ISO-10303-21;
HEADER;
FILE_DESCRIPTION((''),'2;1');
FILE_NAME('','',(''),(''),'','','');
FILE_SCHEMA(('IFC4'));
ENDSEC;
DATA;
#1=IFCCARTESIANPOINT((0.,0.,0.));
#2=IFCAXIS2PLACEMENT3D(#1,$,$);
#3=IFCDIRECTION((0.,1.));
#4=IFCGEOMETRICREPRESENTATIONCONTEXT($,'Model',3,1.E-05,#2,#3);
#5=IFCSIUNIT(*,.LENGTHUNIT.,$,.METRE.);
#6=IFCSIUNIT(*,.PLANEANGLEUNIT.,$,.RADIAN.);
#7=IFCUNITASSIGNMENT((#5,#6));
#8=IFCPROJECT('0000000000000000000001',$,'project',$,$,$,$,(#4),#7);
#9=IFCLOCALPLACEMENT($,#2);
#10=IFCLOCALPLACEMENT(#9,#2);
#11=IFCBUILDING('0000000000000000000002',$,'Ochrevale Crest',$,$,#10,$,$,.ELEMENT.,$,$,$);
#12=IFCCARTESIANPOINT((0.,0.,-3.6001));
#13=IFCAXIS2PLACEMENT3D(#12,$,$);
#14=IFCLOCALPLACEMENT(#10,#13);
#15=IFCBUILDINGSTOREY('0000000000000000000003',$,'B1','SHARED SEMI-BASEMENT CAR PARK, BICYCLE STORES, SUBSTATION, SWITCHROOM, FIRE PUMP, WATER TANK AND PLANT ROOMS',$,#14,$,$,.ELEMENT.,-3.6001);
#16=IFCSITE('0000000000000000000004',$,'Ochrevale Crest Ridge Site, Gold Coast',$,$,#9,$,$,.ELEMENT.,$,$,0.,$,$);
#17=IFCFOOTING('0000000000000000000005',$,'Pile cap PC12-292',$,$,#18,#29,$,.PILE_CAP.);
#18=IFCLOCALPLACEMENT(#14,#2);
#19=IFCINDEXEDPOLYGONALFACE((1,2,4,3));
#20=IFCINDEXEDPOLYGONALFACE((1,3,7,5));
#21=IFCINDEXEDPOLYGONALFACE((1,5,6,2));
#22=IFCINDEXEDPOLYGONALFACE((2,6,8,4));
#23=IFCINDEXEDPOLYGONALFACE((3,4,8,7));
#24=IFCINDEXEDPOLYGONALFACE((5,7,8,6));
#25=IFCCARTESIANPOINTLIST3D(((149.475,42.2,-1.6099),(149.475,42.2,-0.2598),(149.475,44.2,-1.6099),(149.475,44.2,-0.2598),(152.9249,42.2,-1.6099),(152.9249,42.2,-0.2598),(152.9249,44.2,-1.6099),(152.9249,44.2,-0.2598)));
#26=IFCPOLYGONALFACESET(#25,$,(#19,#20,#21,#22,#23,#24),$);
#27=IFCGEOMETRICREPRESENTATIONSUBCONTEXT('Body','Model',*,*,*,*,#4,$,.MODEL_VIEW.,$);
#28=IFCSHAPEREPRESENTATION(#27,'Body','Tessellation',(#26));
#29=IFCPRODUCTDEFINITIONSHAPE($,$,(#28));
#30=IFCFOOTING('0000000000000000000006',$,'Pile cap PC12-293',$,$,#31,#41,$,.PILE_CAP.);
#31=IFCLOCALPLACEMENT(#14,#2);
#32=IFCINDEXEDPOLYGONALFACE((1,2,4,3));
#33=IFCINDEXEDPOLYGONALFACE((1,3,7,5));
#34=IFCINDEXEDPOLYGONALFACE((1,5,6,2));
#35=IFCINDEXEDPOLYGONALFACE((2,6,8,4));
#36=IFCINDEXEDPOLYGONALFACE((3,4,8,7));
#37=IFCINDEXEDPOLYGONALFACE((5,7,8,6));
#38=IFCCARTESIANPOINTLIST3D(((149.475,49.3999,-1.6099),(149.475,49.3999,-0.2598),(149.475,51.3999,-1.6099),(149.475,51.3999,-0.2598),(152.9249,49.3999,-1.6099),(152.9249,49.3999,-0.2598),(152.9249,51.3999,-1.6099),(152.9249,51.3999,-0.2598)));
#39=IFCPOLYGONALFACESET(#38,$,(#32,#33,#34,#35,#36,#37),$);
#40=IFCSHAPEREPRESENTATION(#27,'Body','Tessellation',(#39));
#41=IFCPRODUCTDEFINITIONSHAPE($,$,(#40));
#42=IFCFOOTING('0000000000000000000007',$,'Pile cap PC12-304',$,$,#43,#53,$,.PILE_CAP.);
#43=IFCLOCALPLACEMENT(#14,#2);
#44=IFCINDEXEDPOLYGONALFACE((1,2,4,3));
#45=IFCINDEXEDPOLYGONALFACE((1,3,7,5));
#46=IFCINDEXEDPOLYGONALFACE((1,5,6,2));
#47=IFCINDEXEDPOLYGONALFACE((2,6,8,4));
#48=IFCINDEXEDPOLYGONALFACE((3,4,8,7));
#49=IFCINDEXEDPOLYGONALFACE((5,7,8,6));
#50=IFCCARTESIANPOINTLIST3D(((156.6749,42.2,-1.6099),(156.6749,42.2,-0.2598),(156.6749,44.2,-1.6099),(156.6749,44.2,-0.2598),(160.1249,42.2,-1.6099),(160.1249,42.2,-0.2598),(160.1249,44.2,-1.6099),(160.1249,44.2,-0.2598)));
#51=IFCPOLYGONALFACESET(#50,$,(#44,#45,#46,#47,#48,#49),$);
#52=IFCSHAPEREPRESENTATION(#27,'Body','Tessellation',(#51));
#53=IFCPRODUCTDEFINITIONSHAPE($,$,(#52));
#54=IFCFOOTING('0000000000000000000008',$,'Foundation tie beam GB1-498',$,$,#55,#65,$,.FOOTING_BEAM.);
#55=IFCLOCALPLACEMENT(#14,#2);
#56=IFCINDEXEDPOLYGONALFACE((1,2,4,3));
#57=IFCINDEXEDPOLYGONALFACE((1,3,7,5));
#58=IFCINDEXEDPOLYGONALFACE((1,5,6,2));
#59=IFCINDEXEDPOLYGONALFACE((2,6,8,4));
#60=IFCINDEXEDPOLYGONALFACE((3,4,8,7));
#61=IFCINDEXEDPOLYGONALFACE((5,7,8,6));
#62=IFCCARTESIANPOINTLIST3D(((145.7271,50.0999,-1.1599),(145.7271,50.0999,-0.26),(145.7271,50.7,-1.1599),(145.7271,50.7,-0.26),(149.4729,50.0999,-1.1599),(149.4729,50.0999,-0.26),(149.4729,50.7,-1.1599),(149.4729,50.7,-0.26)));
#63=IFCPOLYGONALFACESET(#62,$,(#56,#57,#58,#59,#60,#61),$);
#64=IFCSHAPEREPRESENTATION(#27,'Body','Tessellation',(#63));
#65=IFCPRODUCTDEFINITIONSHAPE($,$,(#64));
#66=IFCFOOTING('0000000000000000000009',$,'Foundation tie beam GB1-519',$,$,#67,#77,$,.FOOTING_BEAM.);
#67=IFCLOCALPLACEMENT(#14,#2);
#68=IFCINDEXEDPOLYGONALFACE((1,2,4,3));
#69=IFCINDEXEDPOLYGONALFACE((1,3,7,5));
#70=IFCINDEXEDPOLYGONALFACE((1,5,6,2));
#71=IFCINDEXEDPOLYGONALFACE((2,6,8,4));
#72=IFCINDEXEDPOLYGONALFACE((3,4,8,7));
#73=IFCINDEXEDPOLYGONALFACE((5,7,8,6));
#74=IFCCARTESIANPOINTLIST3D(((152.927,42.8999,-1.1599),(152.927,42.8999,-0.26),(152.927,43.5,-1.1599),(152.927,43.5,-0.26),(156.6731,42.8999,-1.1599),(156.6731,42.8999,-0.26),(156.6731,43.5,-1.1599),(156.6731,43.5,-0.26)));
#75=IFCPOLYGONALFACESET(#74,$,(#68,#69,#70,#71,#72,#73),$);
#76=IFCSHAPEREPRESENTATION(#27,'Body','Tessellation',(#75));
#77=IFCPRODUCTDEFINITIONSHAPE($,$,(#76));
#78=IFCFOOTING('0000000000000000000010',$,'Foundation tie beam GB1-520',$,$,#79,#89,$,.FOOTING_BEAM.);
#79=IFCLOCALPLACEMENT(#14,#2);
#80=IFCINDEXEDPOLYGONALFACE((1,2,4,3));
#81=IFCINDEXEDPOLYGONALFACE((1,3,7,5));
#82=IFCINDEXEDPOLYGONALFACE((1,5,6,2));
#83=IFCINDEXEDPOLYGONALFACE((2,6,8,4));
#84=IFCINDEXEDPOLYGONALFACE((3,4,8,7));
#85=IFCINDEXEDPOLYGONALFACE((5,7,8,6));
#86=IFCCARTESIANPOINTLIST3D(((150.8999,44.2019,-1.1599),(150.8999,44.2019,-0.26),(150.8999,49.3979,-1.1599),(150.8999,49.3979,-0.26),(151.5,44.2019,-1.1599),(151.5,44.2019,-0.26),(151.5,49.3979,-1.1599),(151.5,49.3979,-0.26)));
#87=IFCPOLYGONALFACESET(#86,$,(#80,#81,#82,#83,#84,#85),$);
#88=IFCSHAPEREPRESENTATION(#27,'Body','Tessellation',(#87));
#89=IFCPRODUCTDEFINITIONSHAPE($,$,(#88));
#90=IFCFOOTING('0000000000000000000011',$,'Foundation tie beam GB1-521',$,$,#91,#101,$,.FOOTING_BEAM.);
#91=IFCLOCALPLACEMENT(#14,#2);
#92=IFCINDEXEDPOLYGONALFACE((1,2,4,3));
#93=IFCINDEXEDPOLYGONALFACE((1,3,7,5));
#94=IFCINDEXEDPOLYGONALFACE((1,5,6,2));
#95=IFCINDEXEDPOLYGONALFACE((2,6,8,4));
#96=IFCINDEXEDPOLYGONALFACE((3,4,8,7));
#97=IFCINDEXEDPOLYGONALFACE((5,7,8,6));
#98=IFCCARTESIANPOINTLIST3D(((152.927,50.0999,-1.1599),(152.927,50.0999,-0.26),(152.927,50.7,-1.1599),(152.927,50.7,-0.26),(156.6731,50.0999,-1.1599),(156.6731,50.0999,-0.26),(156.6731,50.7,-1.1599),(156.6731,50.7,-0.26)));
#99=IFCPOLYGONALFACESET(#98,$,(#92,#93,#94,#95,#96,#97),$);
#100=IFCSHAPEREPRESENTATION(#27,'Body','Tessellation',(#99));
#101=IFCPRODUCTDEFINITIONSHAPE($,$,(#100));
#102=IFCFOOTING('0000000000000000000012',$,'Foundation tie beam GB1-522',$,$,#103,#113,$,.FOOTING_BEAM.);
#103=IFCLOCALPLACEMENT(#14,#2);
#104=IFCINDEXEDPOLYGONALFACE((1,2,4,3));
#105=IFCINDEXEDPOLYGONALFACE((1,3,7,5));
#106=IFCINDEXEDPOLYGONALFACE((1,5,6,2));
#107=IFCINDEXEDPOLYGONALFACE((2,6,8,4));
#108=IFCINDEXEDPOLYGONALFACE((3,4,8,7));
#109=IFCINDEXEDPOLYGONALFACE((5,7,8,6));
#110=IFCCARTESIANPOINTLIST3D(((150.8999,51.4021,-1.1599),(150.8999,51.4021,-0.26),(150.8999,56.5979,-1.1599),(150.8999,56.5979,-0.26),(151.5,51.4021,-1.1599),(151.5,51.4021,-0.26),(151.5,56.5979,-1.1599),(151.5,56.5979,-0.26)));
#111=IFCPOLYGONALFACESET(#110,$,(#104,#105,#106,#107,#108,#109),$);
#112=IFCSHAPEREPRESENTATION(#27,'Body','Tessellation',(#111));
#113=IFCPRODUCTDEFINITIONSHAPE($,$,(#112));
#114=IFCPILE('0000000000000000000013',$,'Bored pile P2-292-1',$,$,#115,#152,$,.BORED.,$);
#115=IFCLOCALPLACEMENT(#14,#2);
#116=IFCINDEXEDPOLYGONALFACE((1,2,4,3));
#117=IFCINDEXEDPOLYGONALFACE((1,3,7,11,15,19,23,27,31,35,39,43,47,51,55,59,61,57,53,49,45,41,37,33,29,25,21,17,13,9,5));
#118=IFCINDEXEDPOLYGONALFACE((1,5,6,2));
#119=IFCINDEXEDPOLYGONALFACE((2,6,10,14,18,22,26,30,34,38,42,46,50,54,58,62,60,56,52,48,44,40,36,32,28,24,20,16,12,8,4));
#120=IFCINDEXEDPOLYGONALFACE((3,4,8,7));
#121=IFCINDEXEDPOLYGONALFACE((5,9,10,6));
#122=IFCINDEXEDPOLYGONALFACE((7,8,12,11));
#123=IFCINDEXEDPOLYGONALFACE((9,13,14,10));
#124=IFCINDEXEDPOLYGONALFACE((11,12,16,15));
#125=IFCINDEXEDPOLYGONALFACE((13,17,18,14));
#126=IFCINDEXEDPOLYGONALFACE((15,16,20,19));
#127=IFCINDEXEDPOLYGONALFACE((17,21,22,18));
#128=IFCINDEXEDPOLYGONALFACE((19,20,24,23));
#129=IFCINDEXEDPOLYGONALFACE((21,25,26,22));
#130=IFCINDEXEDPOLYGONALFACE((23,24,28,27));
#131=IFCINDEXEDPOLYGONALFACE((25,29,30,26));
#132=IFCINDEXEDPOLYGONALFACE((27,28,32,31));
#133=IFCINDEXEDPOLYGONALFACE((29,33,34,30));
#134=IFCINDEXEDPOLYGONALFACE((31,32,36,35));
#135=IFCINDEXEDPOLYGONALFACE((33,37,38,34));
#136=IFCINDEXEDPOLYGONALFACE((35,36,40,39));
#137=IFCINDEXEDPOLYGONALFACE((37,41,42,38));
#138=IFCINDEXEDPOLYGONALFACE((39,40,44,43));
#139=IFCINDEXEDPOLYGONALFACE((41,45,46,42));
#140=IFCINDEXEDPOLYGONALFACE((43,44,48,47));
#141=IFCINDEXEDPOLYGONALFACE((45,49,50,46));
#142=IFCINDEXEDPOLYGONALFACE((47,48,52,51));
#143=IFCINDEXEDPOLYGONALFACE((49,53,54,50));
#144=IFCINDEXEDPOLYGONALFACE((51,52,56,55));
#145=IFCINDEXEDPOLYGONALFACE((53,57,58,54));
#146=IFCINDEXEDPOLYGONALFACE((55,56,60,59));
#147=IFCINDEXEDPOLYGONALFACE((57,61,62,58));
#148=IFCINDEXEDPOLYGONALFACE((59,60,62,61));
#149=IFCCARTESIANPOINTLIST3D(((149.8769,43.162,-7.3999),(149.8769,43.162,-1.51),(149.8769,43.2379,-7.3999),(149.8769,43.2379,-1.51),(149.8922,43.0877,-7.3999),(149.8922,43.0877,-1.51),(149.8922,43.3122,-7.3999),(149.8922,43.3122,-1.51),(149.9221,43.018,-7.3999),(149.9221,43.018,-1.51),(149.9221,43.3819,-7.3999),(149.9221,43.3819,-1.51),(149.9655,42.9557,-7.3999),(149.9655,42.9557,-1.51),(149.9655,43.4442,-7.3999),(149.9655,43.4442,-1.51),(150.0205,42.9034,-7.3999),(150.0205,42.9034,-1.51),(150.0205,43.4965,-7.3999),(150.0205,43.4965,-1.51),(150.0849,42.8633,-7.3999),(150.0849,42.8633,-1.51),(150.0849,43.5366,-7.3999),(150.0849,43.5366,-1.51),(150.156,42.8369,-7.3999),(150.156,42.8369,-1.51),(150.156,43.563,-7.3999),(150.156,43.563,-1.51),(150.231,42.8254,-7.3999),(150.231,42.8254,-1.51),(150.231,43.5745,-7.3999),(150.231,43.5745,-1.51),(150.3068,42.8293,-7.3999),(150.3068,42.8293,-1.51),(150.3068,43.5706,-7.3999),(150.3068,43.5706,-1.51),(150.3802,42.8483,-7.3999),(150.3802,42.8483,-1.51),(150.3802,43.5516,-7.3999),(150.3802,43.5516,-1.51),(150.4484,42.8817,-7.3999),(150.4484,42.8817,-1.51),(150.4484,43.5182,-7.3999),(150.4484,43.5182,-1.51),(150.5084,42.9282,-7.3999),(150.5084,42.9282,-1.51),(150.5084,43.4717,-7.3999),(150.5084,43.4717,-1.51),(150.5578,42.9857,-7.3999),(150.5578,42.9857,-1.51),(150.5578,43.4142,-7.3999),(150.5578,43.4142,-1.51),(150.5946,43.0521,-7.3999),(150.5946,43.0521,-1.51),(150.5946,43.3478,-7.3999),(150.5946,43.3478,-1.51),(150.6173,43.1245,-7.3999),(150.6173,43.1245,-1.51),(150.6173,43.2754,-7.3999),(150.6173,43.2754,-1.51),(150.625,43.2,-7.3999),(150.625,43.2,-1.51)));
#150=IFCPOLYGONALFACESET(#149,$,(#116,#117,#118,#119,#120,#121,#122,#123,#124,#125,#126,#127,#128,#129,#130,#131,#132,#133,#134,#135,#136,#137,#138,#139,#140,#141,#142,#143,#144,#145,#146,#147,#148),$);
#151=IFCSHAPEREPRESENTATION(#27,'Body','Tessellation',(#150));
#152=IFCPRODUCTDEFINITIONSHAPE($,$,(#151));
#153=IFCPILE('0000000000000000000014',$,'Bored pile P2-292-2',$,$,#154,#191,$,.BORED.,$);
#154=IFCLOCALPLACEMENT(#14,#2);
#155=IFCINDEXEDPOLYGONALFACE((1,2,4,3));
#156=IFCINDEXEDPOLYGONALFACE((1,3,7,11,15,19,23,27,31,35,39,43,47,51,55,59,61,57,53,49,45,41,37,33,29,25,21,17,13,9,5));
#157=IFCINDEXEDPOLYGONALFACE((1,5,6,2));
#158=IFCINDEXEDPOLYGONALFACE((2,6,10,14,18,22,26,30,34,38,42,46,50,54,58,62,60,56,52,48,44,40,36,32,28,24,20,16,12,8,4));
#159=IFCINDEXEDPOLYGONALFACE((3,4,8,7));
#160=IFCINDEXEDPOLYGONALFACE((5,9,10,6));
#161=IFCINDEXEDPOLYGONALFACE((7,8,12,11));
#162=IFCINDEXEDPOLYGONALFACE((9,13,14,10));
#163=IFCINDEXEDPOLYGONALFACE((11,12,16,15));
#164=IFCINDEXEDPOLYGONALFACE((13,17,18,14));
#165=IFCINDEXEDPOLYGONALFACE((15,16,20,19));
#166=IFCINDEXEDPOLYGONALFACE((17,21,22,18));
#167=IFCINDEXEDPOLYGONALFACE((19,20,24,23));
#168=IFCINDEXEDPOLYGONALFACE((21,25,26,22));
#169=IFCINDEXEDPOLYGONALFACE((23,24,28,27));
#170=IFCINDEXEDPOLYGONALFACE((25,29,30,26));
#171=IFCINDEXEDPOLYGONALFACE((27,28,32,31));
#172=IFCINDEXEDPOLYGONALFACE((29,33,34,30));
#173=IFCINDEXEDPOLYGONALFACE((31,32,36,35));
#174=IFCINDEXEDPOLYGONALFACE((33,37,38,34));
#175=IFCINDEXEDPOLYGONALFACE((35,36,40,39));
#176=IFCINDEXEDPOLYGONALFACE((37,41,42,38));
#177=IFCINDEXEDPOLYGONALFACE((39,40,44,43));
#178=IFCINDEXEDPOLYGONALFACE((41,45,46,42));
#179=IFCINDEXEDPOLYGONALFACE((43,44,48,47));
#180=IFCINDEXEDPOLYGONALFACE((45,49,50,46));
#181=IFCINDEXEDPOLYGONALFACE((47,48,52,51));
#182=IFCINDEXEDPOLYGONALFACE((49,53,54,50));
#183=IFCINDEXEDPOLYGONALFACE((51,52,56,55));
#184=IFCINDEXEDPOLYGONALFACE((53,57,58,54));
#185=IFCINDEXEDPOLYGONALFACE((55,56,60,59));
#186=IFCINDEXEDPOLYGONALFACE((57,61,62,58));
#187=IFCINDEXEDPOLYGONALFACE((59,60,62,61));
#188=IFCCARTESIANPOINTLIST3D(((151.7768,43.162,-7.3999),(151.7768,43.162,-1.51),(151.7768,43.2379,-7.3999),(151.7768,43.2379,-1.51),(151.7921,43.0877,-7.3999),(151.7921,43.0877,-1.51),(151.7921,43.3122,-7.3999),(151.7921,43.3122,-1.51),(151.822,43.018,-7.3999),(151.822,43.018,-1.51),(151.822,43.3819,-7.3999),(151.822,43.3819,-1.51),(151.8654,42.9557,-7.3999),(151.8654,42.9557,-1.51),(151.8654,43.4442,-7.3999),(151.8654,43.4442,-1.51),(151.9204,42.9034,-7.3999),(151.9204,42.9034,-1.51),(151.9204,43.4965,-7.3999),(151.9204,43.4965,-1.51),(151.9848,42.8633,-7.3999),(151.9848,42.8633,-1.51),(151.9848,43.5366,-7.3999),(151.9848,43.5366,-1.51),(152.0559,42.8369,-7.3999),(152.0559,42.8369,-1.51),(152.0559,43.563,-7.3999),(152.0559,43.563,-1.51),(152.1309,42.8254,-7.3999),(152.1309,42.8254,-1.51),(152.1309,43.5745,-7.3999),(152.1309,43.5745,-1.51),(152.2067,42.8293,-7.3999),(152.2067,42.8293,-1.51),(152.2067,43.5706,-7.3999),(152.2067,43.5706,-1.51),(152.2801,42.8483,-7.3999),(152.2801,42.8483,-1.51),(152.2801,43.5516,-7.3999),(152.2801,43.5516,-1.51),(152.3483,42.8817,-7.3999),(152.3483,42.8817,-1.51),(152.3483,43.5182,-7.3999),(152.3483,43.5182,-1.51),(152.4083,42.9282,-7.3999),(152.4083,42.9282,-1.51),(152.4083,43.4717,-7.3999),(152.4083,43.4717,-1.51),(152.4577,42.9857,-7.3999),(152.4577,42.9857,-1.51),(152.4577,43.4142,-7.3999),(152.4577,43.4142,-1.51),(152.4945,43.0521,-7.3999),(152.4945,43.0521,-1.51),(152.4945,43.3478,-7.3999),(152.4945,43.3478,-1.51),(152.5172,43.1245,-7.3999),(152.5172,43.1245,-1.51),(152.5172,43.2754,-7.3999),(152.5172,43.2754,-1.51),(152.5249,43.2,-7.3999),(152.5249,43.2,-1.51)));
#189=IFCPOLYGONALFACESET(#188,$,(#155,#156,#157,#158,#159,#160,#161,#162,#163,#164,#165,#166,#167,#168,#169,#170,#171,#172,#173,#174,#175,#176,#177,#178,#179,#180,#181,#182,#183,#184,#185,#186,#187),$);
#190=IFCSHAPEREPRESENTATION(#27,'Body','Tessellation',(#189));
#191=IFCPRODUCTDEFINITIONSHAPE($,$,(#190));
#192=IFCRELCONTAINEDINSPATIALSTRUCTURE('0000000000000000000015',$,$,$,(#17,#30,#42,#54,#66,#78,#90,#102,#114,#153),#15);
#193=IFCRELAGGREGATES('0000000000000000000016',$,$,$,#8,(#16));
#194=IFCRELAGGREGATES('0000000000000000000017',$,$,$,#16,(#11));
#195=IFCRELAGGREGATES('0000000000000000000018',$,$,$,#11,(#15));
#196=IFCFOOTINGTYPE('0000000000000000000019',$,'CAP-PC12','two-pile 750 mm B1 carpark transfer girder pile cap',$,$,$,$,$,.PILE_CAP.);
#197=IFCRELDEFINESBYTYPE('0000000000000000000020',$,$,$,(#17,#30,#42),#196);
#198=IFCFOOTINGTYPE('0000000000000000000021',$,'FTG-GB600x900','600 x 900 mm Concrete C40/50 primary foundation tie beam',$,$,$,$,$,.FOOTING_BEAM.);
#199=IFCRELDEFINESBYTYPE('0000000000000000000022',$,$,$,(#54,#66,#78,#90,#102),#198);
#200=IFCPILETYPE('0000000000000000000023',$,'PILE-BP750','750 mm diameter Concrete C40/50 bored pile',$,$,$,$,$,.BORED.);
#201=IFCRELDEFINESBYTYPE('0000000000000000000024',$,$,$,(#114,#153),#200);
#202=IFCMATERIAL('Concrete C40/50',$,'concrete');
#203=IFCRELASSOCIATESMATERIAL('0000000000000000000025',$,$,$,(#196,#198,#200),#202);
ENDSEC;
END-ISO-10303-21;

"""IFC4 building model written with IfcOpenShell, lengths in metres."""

from ifc_helpers import new_model, si_unit, direction, frame, origin, origin_2d, place, context, subcontext, project, spatial, rectangle, circle, extrude, material, material_profile, profile_set, type_object, element, save


model = new_model("IFC4")

# Units and contexts
model_context = context("Model", 3, precision=1e-05, world=origin(), true_north=direction((0.0, 1.0)))
body_context = subcontext(model_context, "Body", "Model", "MODEL_VIEW")
ifc_project = project(units=[si_unit("LENGTHUNIT", "METRE"), si_unit("PLANEANGLEUNIT", "RADIAN")], contexts=[model_context])

# Site, building, storey
site_placement = place(None, origin())
site = spatial("IfcSite", under=ifc_project, at=site_placement, Name="Ochrevale Crest Ridge Site, Gold Coast", CompositionType="ELEMENT", RefElevation=0.0)
building_placement = place(site_placement, origin())
building = spatial("IfcBuilding", under=site, at=building_placement, Name="Ochrevale Crest", CompositionType="ELEMENT")
storey_placement = place(building_placement, frame((0.0, 0.0, -3.6001)))
storey = spatial("IfcBuildingStorey", under=building, at=storey_placement, Name="B1", Description="SHARED SEMI-BASEMENT CAR PARK, BICYCLE STORES, SUBSTATION, SWITCHROOM, FIRE PUMP, WATER TANK AND PLANT ROOMS", CompositionType="ELEMENT", Elevation=-3.6001)

# Footings
ifc_material_1 = material(Name="Concrete C40/50", Category="concrete")
footing_type_1 = type_object("IfcFootingType", Name="CAP-PC12", Description="two-pile 750 mm B1 carpark transfer girder pile cap", PredefinedType="PILE_CAP", material=ifc_material_1)
for number, where, z_axis, x_axis, name in (
    (1, (151.2, 43.2, -1.6099), (0.0, 0.0, 1.0), (1.0, 0.0, 0.0), "Pile cap PC12-292"),
    (2, (151.2, 50.3999, -1.6099), (0.0, 0.0, 1.0), (1.0, 0.0, 0.0), "Pile cap PC12-293"),
    (3, (158.3999, 43.2, -1.6099), (0.0, 0.0, 1.0), (1.0, 0.0, 0.0), "Pile cap PC12-304"),
):
    element("IfcFooting", number, at=place(storey_placement, frame(where, z_axis=z_axis, x_axis=x_axis)), inside=storey, type_object=footing_type_1, Name=name, PredefinedType="PILE_CAP", context=body_context, shape_type="SweptSolid", body=[
        extrude(rectangle(XDim=3.45, YDim=2.0, at=origin_2d()), origin(), (0.0, 0.0, 1.0), 1.3501),
    ])
ifc_material_profile_1 = material_profile(ifc_material_1, rectangle(XDim=0.6001, YDim=0.8999, at=origin_2d()), Name="GB 600x900")
ifc_profile_set_1 = profile_set([ifc_material_profile_1], Name="Concrete C40/50")
footing_type_2 = type_object("IfcFootingType", Name="FTG-GB600x900", Description="600 x 900 mm Concrete C40/50 primary foundation tie beam", PredefinedType="FOOTING_BEAM", material=ifc_profile_set_1)
footing_1_placement = place(storey_placement, frame((145.7271, 50.3999, -0.71), z_axis=(1.0, 0.0, 0.0), x_axis=(0.0, 1.0, 0.0)))
element("IfcFooting", 4, at=footing_1_placement, inside=storey, type_object=footing_type_2, Name="Foundation tie beam GB1-498", PredefinedType="FOOTING_BEAM", context=body_context, shape_type="SweptSolid", body=[
    extrude(rectangle(XDim=0.6001, YDim=0.8999, at=origin_2d()), origin(), (0.0, 0.0, 1.0), 3.7458),
])
footing_2_placement = place(storey_placement, frame((152.927, 43.2, -0.71), z_axis=(1.0, 0.0, 0.0), x_axis=(0.0, 1.0, 0.0)))
element("IfcFooting", 5, at=footing_2_placement, inside=storey, type_object=footing_type_2, Name="Foundation tie beam GB1-519", PredefinedType="FOOTING_BEAM", context=body_context, shape_type="SweptSolid", body=[
    extrude(rectangle(XDim=0.6001, YDim=0.8999, at=origin_2d()), origin(), (0.0, 0.0, 1.0), 3.7461),
])
footing_3_placement = place(storey_placement, frame((151.2, 44.2019, -0.71), z_axis=(0.0, 1.0, 0.0), x_axis=(-1.0, 0.0, 0.0)))
element("IfcFooting", 6, at=footing_3_placement, inside=storey, type_object=footing_type_2, Name="Foundation tie beam GB1-520", PredefinedType="FOOTING_BEAM", context=body_context, shape_type="SweptSolid", body=[
    extrude(rectangle(XDim=0.6001, YDim=0.8999, at=origin_2d()), origin(), (0.0, 0.0, 1.0), 5.196),
])
footing_4_placement = place(storey_placement, frame((152.927, 50.3999, -0.71), z_axis=(1.0, 0.0, 0.0), x_axis=(0.0, 1.0, 0.0)))
element("IfcFooting", 7, at=footing_4_placement, inside=storey, type_object=footing_type_2, Name="Foundation tie beam GB1-521", PredefinedType="FOOTING_BEAM", context=body_context, shape_type="SweptSolid", body=[
    extrude(rectangle(XDim=0.6001, YDim=0.8999, at=origin_2d()), origin(), (0.0, 0.0, 1.0), 3.7461),
])
footing_5_placement = place(storey_placement, frame((151.2, 51.4021, -0.71), z_axis=(0.0, 1.0, 0.0), x_axis=(-1.0, 0.0, 0.0)))
element("IfcFooting", 8, at=footing_5_placement, inside=storey, type_object=footing_type_2, Name="Foundation tie beam GB1-522", PredefinedType="FOOTING_BEAM", context=body_context, shape_type="SweptSolid", body=[
    extrude(rectangle(XDim=0.6001, YDim=0.8999, at=origin_2d()), origin(), (0.0, 0.0, 1.0), 5.1958),
])

# Piles
ifc_material_profile_2 = material_profile(ifc_material_1, circle(Radius=0.375, at=origin_2d()), Name="BORED PILE 750")
ifc_profile_set_2 = profile_set([ifc_material_profile_2], Name="Concrete C40/50")
pile_type = type_object("IfcPileType", Name="PILE-BP750", Description="750 mm diameter Concrete C40/50 bored pile", PredefinedType="BORED", material=ifc_profile_set_2)
for number, where, z_axis, x_axis, name in (
    (9, (150.25, 43.2, -1.51), (0.0, 0.0, -1.0), (1.0, 0.0, 0.0), "Bored pile P2-292-1"),
    (10, (152.1499, 43.2, -1.51), (0.0, 0.0, -1.0), (1.0, 0.0, 0.0), "Bored pile P2-292-2"),
):
    element("IfcPile", number, at=place(storey_placement, frame(where, z_axis=z_axis, x_axis=x_axis)), inside=storey, type_object=pile_type, Name=name, PredefinedType="BORED", context=body_context, shape_type="SweptSolid", body=[
        extrude(circle(Radius=0.375, at=origin_2d()), origin(), (0.0, 0.0, 1.0), 5.8899),
    ])

save(model, "model.ifc")
